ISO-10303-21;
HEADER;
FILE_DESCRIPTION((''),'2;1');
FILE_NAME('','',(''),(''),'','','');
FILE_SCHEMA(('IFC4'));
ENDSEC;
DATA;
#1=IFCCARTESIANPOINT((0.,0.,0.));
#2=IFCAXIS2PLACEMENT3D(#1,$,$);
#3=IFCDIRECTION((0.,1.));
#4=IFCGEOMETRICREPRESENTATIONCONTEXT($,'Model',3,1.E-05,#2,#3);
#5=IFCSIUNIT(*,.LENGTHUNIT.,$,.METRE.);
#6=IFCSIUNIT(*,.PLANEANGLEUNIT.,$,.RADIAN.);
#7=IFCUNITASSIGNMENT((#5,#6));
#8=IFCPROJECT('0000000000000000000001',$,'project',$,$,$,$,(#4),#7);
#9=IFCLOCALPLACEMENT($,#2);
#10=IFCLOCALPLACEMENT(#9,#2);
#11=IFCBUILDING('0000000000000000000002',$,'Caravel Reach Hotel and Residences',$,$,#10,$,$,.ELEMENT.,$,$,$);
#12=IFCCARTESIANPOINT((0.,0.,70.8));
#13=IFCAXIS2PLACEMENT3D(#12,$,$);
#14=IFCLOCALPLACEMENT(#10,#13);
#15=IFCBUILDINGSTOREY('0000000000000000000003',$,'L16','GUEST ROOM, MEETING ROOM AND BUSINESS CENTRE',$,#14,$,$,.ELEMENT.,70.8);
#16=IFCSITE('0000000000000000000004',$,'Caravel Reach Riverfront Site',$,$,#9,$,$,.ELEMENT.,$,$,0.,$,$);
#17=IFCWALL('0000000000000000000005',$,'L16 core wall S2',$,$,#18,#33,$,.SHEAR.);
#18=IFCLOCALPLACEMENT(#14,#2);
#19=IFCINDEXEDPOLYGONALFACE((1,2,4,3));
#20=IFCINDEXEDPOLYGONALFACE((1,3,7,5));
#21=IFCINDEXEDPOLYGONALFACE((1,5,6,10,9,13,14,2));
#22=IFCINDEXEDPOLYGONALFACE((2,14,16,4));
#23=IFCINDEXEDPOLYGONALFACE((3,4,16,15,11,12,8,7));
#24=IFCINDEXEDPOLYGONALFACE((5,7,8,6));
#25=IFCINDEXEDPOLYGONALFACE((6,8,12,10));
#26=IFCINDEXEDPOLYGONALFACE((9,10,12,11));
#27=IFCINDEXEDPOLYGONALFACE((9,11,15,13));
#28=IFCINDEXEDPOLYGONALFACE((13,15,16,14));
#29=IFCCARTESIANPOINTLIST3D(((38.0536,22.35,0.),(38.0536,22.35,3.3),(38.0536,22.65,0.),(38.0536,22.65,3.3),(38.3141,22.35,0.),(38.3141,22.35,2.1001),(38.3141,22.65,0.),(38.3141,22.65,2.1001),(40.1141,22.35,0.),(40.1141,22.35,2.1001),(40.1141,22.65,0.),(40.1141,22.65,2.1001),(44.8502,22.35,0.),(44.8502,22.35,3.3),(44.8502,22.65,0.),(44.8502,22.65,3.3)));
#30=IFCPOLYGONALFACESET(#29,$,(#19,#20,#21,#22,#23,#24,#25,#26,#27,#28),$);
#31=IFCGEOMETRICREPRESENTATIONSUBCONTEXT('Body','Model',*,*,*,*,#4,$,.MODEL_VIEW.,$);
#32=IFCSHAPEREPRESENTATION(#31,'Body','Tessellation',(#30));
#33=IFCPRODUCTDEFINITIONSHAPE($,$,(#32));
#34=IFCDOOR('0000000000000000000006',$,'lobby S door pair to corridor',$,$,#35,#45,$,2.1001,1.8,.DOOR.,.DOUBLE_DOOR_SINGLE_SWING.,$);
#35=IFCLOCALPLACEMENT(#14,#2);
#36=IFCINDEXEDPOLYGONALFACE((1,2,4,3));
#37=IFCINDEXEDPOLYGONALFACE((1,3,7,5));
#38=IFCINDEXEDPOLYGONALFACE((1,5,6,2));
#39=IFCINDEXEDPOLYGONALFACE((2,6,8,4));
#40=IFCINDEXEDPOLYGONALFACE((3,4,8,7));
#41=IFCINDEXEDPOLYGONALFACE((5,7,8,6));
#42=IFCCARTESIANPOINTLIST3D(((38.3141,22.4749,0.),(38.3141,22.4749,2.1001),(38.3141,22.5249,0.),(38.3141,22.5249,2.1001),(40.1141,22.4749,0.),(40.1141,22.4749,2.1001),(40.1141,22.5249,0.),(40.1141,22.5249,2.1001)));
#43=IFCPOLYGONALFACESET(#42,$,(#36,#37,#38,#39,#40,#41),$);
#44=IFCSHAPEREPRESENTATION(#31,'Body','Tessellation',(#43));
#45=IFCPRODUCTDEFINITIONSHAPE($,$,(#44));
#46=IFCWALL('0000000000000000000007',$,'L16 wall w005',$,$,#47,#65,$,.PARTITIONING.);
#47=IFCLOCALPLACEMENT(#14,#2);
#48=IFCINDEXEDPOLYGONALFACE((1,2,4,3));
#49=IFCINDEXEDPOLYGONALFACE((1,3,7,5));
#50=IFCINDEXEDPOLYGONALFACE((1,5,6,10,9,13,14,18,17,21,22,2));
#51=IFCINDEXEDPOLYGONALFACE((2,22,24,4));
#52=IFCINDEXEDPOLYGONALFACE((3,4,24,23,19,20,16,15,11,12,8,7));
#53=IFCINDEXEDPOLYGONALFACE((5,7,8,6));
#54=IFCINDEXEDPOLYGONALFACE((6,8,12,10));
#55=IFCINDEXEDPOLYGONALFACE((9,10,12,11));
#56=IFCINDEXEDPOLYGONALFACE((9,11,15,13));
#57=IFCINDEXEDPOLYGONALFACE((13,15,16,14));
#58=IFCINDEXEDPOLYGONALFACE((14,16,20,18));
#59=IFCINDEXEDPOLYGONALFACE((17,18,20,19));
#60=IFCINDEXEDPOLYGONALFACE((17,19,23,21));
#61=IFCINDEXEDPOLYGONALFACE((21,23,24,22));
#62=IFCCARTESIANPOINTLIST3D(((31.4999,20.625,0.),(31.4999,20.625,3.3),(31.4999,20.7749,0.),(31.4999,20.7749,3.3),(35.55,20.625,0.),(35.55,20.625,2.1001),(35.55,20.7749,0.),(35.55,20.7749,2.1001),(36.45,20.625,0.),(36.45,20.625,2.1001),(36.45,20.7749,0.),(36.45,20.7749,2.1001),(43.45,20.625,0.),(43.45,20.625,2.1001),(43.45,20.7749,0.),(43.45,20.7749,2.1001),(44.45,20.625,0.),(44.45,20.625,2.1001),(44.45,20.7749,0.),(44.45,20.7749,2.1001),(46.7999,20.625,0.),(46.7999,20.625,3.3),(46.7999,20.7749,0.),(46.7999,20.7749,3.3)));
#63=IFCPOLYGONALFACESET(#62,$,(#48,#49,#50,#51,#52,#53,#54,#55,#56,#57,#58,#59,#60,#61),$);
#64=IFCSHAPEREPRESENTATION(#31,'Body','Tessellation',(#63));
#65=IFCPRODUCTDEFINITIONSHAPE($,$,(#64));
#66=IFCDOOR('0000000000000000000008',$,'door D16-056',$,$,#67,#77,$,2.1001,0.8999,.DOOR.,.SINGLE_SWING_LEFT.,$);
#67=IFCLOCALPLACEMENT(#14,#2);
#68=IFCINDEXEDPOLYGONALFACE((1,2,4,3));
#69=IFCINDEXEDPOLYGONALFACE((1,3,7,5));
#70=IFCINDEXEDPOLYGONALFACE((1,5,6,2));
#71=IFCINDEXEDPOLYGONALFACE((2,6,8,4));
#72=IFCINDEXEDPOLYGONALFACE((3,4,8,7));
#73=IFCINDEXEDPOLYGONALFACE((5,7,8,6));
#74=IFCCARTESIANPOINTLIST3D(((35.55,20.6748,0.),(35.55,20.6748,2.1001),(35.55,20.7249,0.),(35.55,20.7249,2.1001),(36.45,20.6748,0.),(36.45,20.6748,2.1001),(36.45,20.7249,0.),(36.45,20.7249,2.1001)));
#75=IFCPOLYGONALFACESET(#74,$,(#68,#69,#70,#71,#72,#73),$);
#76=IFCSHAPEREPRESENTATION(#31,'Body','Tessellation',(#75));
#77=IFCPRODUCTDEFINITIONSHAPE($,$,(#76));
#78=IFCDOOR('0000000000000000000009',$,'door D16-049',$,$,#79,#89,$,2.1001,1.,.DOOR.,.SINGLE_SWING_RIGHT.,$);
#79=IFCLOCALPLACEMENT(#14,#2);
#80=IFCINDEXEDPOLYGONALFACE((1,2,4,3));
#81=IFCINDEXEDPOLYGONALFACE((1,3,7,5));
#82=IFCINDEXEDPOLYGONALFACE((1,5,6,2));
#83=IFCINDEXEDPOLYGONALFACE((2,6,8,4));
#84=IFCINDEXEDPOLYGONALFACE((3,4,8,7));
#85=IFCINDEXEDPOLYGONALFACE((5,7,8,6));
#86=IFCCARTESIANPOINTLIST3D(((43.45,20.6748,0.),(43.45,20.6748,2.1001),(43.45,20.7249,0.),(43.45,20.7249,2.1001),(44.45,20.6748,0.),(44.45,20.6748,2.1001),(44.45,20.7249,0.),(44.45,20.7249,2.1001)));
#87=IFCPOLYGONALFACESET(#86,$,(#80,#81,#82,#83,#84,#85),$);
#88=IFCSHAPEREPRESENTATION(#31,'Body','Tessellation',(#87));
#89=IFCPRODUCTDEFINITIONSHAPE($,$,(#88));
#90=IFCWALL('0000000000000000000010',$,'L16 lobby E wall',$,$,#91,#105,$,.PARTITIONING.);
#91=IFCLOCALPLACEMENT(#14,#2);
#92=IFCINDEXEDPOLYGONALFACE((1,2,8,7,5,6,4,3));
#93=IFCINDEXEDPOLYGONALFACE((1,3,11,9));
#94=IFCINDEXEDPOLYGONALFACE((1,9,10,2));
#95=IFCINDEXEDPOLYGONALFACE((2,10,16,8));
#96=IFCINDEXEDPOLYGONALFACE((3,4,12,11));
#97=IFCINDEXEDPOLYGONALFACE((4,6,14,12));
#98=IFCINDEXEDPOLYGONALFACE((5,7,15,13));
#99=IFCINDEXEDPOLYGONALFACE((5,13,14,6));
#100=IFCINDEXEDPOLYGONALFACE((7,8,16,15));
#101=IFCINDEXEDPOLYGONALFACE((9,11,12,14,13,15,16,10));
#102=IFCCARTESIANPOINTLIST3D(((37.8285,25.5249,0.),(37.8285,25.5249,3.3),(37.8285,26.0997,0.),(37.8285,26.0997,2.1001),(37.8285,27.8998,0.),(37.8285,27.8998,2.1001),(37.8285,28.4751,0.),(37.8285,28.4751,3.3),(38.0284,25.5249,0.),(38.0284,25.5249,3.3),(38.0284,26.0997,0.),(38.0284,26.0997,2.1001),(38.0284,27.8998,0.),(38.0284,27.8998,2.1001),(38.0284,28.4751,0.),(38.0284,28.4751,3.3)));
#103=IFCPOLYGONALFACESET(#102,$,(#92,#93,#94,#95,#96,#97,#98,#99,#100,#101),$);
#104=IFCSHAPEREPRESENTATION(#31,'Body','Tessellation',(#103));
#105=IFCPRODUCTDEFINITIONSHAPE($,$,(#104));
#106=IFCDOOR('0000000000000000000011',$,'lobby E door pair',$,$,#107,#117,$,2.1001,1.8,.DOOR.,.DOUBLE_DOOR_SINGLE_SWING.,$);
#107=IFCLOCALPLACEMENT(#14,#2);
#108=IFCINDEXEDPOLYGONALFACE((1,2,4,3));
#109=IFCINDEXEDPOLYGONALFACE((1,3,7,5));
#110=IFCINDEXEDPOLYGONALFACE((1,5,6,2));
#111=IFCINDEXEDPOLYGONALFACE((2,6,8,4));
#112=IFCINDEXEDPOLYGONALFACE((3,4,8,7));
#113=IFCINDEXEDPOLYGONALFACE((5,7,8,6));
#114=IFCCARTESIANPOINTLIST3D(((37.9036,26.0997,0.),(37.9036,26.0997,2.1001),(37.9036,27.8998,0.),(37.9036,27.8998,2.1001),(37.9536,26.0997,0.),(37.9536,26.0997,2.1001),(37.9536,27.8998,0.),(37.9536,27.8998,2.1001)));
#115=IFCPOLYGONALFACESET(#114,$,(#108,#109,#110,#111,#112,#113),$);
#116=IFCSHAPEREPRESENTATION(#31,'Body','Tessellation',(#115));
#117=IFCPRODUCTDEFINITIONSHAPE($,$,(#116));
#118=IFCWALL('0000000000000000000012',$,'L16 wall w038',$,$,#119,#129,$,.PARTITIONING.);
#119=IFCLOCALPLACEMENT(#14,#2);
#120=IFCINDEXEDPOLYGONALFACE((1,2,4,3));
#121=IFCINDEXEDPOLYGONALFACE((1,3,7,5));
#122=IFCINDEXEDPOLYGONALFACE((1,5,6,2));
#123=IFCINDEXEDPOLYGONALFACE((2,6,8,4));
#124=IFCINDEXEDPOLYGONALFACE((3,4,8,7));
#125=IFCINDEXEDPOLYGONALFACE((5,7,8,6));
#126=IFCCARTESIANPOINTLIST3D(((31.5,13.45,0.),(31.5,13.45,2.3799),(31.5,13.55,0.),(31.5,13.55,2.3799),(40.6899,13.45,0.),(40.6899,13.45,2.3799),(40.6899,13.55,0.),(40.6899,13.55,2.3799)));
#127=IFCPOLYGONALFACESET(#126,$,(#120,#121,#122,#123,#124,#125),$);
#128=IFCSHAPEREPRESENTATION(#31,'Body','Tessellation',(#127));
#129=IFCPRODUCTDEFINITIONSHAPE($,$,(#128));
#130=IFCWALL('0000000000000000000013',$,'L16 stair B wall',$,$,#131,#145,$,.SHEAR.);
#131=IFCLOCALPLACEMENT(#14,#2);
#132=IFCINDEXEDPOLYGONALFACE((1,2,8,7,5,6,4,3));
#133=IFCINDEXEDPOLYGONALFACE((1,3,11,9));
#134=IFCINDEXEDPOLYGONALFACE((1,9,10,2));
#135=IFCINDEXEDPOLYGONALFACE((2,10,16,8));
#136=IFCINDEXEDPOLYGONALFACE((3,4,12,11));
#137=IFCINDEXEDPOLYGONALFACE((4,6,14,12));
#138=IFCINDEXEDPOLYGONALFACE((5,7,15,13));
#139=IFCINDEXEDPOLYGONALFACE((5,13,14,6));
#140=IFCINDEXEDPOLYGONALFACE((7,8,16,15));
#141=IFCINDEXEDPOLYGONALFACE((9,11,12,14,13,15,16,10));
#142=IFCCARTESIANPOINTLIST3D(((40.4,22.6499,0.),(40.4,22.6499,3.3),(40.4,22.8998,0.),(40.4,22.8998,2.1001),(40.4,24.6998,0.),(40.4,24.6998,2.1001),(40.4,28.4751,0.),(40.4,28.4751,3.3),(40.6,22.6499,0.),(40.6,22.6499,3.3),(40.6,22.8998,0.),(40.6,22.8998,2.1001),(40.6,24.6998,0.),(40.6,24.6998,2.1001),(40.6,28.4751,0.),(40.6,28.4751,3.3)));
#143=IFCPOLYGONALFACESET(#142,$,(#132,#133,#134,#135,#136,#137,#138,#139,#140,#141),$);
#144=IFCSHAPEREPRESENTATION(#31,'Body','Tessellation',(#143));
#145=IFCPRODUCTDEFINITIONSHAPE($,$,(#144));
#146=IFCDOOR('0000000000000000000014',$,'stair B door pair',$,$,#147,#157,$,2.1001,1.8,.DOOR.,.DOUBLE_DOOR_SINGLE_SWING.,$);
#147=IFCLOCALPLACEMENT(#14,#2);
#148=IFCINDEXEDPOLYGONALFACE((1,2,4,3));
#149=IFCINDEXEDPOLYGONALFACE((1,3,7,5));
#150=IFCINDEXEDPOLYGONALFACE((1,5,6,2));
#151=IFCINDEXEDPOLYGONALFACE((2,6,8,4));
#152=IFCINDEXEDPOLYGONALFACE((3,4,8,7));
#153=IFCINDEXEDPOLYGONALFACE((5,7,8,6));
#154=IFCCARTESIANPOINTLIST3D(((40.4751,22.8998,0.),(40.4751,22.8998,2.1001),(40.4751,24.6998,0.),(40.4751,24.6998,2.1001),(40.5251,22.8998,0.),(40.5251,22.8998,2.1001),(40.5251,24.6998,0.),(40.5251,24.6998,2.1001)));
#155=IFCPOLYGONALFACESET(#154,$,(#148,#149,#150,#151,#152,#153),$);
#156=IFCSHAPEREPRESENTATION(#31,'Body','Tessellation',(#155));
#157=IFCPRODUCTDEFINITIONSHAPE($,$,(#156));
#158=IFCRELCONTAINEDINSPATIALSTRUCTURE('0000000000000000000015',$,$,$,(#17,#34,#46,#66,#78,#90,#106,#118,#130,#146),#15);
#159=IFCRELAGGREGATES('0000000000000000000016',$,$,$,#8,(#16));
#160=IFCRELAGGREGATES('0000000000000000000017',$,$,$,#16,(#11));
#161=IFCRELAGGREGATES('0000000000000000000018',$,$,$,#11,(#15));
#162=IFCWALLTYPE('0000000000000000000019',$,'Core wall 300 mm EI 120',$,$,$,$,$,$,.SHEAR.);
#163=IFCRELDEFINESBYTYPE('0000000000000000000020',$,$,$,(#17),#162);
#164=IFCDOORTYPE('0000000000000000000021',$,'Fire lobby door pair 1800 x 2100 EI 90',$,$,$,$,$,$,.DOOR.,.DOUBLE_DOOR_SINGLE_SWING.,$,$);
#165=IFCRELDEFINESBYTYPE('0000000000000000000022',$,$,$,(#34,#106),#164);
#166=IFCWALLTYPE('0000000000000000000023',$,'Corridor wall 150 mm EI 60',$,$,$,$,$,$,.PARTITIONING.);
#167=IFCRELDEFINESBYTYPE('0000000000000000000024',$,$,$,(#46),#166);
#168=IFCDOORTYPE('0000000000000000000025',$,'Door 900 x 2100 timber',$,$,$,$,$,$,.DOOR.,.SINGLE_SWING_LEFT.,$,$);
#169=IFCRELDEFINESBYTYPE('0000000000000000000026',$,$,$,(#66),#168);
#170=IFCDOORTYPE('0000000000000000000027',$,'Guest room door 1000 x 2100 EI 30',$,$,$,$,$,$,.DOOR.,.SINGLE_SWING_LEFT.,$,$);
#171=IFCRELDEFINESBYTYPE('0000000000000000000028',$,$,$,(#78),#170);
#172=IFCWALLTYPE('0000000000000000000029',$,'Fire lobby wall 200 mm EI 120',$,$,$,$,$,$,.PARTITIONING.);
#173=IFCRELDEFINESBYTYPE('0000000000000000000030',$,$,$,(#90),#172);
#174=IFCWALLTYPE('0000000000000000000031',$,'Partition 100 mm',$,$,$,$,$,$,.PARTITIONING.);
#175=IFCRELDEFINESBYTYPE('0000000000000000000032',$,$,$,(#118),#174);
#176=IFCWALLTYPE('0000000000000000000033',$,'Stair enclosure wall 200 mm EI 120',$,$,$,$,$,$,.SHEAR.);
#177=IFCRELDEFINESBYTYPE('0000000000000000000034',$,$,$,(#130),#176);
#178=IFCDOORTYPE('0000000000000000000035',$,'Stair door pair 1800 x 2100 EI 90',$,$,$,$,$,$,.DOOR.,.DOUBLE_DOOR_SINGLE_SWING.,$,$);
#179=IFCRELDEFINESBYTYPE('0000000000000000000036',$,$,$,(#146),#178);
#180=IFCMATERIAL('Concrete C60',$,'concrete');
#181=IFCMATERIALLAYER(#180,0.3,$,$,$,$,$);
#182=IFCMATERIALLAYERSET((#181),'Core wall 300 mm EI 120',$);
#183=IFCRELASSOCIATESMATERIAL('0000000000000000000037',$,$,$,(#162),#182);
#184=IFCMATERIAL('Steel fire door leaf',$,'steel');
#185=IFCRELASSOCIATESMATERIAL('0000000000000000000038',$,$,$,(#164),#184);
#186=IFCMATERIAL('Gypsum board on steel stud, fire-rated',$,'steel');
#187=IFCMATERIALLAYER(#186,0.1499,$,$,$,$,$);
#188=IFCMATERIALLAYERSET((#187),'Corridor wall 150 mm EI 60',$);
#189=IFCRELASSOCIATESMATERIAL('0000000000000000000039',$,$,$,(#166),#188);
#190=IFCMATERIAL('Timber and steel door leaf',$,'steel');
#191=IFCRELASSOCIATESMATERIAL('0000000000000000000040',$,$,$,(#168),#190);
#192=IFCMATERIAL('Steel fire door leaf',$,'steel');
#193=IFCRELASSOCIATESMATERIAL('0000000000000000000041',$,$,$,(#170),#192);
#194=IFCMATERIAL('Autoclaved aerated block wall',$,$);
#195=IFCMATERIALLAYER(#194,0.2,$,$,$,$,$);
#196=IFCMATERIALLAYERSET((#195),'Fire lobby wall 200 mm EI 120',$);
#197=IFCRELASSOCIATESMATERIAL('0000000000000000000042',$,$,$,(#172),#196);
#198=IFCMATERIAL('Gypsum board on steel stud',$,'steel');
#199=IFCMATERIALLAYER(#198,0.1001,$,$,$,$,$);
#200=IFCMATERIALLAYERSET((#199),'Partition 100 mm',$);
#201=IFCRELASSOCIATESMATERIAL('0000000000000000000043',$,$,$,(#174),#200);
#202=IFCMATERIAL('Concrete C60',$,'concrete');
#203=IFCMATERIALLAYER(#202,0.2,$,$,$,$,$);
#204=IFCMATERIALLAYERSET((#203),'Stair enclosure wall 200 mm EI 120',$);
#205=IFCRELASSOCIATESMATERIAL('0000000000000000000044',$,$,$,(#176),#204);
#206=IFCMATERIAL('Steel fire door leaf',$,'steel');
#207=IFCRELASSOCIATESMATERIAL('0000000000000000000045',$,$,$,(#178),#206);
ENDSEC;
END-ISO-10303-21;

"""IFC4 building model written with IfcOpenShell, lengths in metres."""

from ifc_helpers import new_model, si_unit, direction, frame, frame_2d, origin, place, context, subcontext, project, spatial, rectangle, extrude, material, layer, layer_set, type_object, element, fill, save


model = new_model("IFC4")

# Units and contexts
model_context = context("Model", 3, precision=1e-05, world=origin(), true_north=direction((0.0, 1.0)))
body_context = subcontext(model_context, "Body", "Model", "MODEL_VIEW")
ifc_project = project(units=[si_unit("LENGTHUNIT", "METRE"), si_unit("PLANEANGLEUNIT", "RADIAN")], contexts=[model_context])

# Site, building, storey
site_placement = place(None, origin())
site = spatial("IfcSite", under=ifc_project, at=site_placement, Name="Caravel Reach Riverfront Site", CompositionType="ELEMENT", RefElevation=0.0)
building_placement = place(site_placement, origin())
building = spatial("IfcBuilding", under=site, at=building_placement, Name="Caravel Reach Hotel and Residences", CompositionType="ELEMENT")
storey_placement = place(building_placement, frame((0.0, 0.0, 70.8)))
storey = spatial("IfcBuildingStorey", under=building, at=storey_placement, Name="L16", Description="GUEST ROOM, MEETING ROOM AND BUSINESS CENTRE", CompositionType="ELEMENT", Elevation=70.8)

# Wall, opening, door
ifc_material_1 = material(Name="Concrete C60", Category="concrete")
ifc_layer_1 = layer(ifc_material_1, 0.3)
ifc_layer_set_1 = layer_set([ifc_layer_1], Name="Core wall 300 mm EI 120")
wall_type_1 = type_object("IfcWallType", Name="Core wall 300 mm EI 120", PredefinedType="SHEAR", material=ifc_layer_set_1)
wall_1_placement = place(storey_placement, frame((38.0535, 22.5, 0.0), z_axis=(0.0, 0.0, 1.0), x_axis=(1.0, 0.0, 0.0)))
wall_1 = element("IfcWall", 1, at=wall_1_placement, inside=storey, type_object=wall_type_1, Name="L16 core wall S2", PredefinedType="SHEAR", context=body_context, shape_type="SweptSolid", body=[
    extrude(rectangle(XDim=6.7966, YDim=0.3, at=frame_2d((3.3984, 0.0))), origin(), (0.0, 0.0, 1.0), 3.3),
])
opening_1_placement = place(wall_1_placement, frame((0.2607, 0.0, 0.0)))
opening_1 = element("IfcOpeningElement", 2, at=opening_1_placement, cuts=wall_1, PredefinedType="OPENING", context=body_context, shape_type="SweptSolid", body=[
    extrude(rectangle(XDim=1.8, YDim=2.1001, at=frame_2d((0.8999, 1.05))), frame((0.0, 0.1599, 0.0), z_axis=(0.0, -1.0, 0.0), x_axis=(1.0, 0.0, 0.0)), (0.0, 0.0, 1.0), 0.3201),
])
ifc_material_2 = material(Name="Steel fire door leaf", Category="steel")
door_type_1 = type_object("IfcDoorType", Name="Fire lobby door pair 1800 x 2100 EI 90", OperationType="DOUBLE_DOOR_SINGLE_SWING", PredefinedType="DOOR", material=ifc_material_2)
door_1_placement = place(opening_1_placement, origin())
door_1 = element("IfcDoor", 3, at=door_1_placement, inside=storey, type_object=door_type_1, Name="lobby S door pair to corridor", OperationType="DOUBLE_DOOR_SINGLE_SWING", OverallHeight=2.1001, OverallWidth=1.8, PredefinedType="DOOR", context=body_context, shape_type="SweptSolid", body=[
    extrude(rectangle(XDim=1.8, YDim=2.1001, at=frame_2d((0.8999, 1.05))), frame((0.0, 0.0249, 0.0), z_axis=(0.0, -1.0, 0.0), x_axis=(1.0, 0.0, 0.0)), (0.0, 0.0, 1.0), 0.05),
])
fill(opening_1, door_1)

# Wall, openings, doors
ifc_material_3 = material(Name="Gypsum board on steel stud, fire-rated", Category="steel")
ifc_layer_2 = layer(ifc_material_3, 0.1499)
ifc_layer_set_2 = layer_set([ifc_layer_2], Name="Corridor wall 150 mm EI 60")
wall_type_2 = type_object("IfcWallType", Name="Corridor wall 150 mm EI 60", PredefinedType="PARTITIONING", material=ifc_layer_set_2)
wall_2_placement = place(storey_placement, frame((31.5, 20.7, 0.0), z_axis=(0.0, 0.0, 1.0), x_axis=(1.0, 0.0, 0.0)))
wall_2 = element("IfcWall", 4, at=wall_2_placement, inside=storey, type_object=wall_type_2, Name="L16 wall w005", PredefinedType="PARTITIONING", context=body_context, shape_type="SweptSolid", body=[
    extrude(rectangle(XDim=15.3, YDim=0.1499, at=frame_2d((7.6499, 0.0))), origin(), (0.0, 0.0, 1.0), 3.3),
])
opening_2_placement = place(wall_2_placement, frame((11.95, 0.0, 0.0)))
opening_2 = element("IfcOpeningElement", 5, at=opening_2_placement, cuts=wall_2, PredefinedType="OPENING", context=body_context, shape_type="SweptSolid", body=[
    extrude(rectangle(XDim=1.0, YDim=2.1001, at=frame_2d((0.5, 1.05))), frame((0.0, 0.085, 0.0), z_axis=(0.0, -1.0, 0.0), x_axis=(1.0, 0.0, 0.0)), (0.0, 0.0, 1.0), 0.1699),
])
opening_3_placement = place(wall_2_placement, frame((4.05, 0.0, 0.0)))
opening_3 = element("IfcOpeningElement", 6, at=opening_3_placement, cuts=wall_2, PredefinedType="OPENING", context=body_context, shape_type="SweptSolid", body=[
    extrude(rectangle(XDim=0.8999, YDim=2.1001, at=frame_2d((0.45, 1.05))), frame((0.0, 0.085, 0.0), z_axis=(0.0, -1.0, 0.0), x_axis=(1.0, 0.0, 0.0)), (0.0, 0.0, 1.0), 0.1699),
])
ifc_material_4 = material(Name="Timber and steel door leaf", Category="steel")
door_type_2 = type_object("IfcDoorType", Name="Door 900 x 2100 timber", OperationType="SINGLE_SWING_LEFT", PredefinedType="DOOR", material=ifc_material_4)
door_2_placement = place(opening_3_placement, origin())
door_2 = element("IfcDoor", 7, at=door_2_placement, inside=storey, type_object=door_type_2, Name="door D16-056", OperationType="SINGLE_SWING_LEFT", OverallHeight=2.1001, OverallWidth=0.8999, PredefinedType="DOOR", context=body_context, shape_type="SweptSolid", body=[
    extrude(rectangle(XDim=0.8999, YDim=2.1001, at=frame_2d((0.45, 1.05))), frame((0.0, 0.0249, 0.0), z_axis=(0.0, -1.0, 0.0), x_axis=(1.0, 0.0, 0.0)), (0.0, 0.0, 1.0), 0.05),
])
fill(opening_3, door_2)
ifc_material_5 = material(Name="Steel fire door leaf", Category="steel")
door_type_3 = type_object("IfcDoorType", Name="Guest room door 1000 x 2100 EI 30", OperationType="SINGLE_SWING_LEFT", PredefinedType="DOOR", material=ifc_material_5)
door_3_placement = place(opening_2_placement, origin())
door_3 = element("IfcDoor", 8, at=door_3_placement, inside=storey, type_object=door_type_3, Name="door D16-049", OperationType="SINGLE_SWING_RIGHT", OverallHeight=2.1001, OverallWidth=1.0, PredefinedType="DOOR", context=body_context, shape_type="SweptSolid", body=[
    extrude(rectangle(XDim=1.0, YDim=2.1001, at=frame_2d((0.5, 1.05))), frame((0.0, 0.0249, 0.0), z_axis=(0.0, -1.0, 0.0), x_axis=(1.0, 0.0, 0.0)), (0.0, 0.0, 1.0), 0.05),
])
fill(opening_2, door_3)

# Wall, opening, door
ifc_material_6 = material(Name="Autoclaved aerated block wall")
ifc_layer_3 = layer(ifc_material_6, 0.2)
ifc_layer_set_3 = layer_set([ifc_layer_3], Name="Fire lobby wall 200 mm EI 120")
wall_type_3 = type_object("IfcWallType", Name="Fire lobby wall 200 mm EI 120", PredefinedType="PARTITIONING", material=ifc_layer_set_3)
wall_3_placement = place(storey_placement, frame((37.9285, 25.5249, 0.0), z_axis=(0.0, 0.0, 1.0), x_axis=(0.0, 1.0, 0.0)))
wall_3 = element("IfcWall", 9, at=wall_3_placement, inside=storey, type_object=wall_type_3, Name="L16 lobby E wall", PredefinedType="PARTITIONING", context=body_context, shape_type="SweptSolid", body=[
    extrude(rectangle(XDim=2.9502, YDim=0.2, at=frame_2d((1.4751, 0.0))), origin(), (0.0, 0.0, 1.0), 3.3),
])
opening_4_placement = place(wall_3_placement, frame((0.575, 0.0, 0.0)))
opening_4 = element("IfcOpeningElement", 10, at=opening_4_placement, cuts=wall_3, PredefinedType="OPENING", context=body_context, shape_type="SweptSolid", body=[
    extrude(rectangle(XDim=1.8, YDim=2.1001, at=frame_2d((0.8999, 1.05))), frame((0.0, 0.1099, 0.0), z_axis=(0.0, -1.0, 0.0), x_axis=(1.0, 0.0, 0.0)), (0.0, 0.0, 1.0), 0.22),
])
door_4_placement = place(opening_4_placement, origin())
door_4 = element("IfcDoor", 11, at=door_4_placement, inside=storey, type_object=door_type_1, Name="lobby E door pair", OperationType="DOUBLE_DOOR_SINGLE_SWING", OverallHeight=2.1001, OverallWidth=1.8, PredefinedType="DOOR", context=body_context, shape_type="SweptSolid", body=[
    extrude(rectangle(XDim=1.8, YDim=2.1001, at=frame_2d((0.8999, 1.05))), frame((0.0, 0.0249, 0.0), z_axis=(0.0, -1.0, 0.0), x_axis=(1.0, 0.0, 0.0)), (0.0, 0.0, 1.0), 0.05),
])
fill(opening_4, door_4)

# Wall
ifc_material_7 = material(Name="Gypsum board on steel stud", Category="steel")
ifc_layer_4 = layer(ifc_material_7, 0.1001)
ifc_layer_set_4 = layer_set([ifc_layer_4], Name="Partition 100 mm")
wall_type_4 = type_object("IfcWallType", Name="Partition 100 mm", PredefinedType="PARTITIONING", material=ifc_layer_set_4)
wall_4_placement = place(storey_placement, frame((31.5, 13.5, 0.0), z_axis=(0.0, 0.0, 1.0), x_axis=(1.0, 0.0, 0.0)))
element("IfcWall", 12, at=wall_4_placement, inside=storey, type_object=wall_type_4, Name="L16 wall w038", PredefinedType="PARTITIONING", context=body_context, shape_type="SweptSolid", body=[
    extrude(rectangle(XDim=9.1899, YDim=0.1001, at=frame_2d((4.595, 0.0))), origin(), (0.0, 0.0, 1.0), 2.3799),
])

# Wall, opening, door
ifc_material_8 = material(Name="Concrete C60", Category="concrete")
ifc_layer_5 = layer(ifc_material_8, 0.2)
ifc_layer_set_5 = layer_set([ifc_layer_5], Name="Stair enclosure wall 200 mm EI 120")
wall_type_5 = type_object("IfcWallType", Name="Stair enclosure wall 200 mm EI 120", PredefinedType="SHEAR", material=ifc_layer_set_5)
wall_5_placement = place(storey_placement, frame((40.5, 22.6499, 0.0), z_axis=(0.0, 0.0, 1.0), x_axis=(0.0, 1.0, 0.0)))
wall_5 = element("IfcWall", 13, at=wall_5_placement, inside=storey, type_object=wall_type_5, Name="L16 stair B wall", PredefinedType="SHEAR", context=body_context, shape_type="SweptSolid", body=[
    extrude(rectangle(XDim=5.8252, YDim=0.2, at=frame_2d((2.9126, 0.0))), origin(), (0.0, 0.0, 1.0), 3.3),
])
opening_5_placement = place(wall_5_placement, frame((0.25, 0.0, 0.0)))
opening_5 = element("IfcOpeningElement", 14, at=opening_5_placement, cuts=wall_5, PredefinedType="OPENING", context=body_context, shape_type="SweptSolid", body=[
    extrude(rectangle(XDim=1.8, YDim=2.1001, at=frame_2d((0.8999, 1.05))), frame((0.0, 0.1099, 0.0), z_axis=(0.0, -1.0, 0.0), x_axis=(1.0, 0.0, 0.0)), (0.0, 0.0, 1.0), 0.22),
])
ifc_material_9 = material(Name="Steel fire door leaf", Category="steel")
door_type_4 = type_object("IfcDoorType", Name="Stair door pair 1800 x 2100 EI 90", OperationType="DOUBLE_DOOR_SINGLE_SWING", PredefinedType="DOOR", material=ifc_material_9)
door_5_placement = place(opening_5_placement, origin())
door_5 = element("IfcDoor", 15, at=door_5_placement, inside=storey, type_object=door_type_4, Name="stair B door pair", OperationType="DOUBLE_DOOR_SINGLE_SWING", OverallHeight=2.1001, OverallWidth=1.8, PredefinedType="DOOR", context=body_context, shape_type="SweptSolid", body=[
    extrude(rectangle(XDim=1.8, YDim=2.1001, at=frame_2d((0.8999, 1.05))), frame((0.0, 0.0249, 0.0), z_axis=(0.0, -1.0, 0.0), x_axis=(1.0, 0.0, 0.0)), (0.0, 0.0, 1.0), 0.05),
])
fill(opening_5, door_5)

save(model, "model.ifc")
